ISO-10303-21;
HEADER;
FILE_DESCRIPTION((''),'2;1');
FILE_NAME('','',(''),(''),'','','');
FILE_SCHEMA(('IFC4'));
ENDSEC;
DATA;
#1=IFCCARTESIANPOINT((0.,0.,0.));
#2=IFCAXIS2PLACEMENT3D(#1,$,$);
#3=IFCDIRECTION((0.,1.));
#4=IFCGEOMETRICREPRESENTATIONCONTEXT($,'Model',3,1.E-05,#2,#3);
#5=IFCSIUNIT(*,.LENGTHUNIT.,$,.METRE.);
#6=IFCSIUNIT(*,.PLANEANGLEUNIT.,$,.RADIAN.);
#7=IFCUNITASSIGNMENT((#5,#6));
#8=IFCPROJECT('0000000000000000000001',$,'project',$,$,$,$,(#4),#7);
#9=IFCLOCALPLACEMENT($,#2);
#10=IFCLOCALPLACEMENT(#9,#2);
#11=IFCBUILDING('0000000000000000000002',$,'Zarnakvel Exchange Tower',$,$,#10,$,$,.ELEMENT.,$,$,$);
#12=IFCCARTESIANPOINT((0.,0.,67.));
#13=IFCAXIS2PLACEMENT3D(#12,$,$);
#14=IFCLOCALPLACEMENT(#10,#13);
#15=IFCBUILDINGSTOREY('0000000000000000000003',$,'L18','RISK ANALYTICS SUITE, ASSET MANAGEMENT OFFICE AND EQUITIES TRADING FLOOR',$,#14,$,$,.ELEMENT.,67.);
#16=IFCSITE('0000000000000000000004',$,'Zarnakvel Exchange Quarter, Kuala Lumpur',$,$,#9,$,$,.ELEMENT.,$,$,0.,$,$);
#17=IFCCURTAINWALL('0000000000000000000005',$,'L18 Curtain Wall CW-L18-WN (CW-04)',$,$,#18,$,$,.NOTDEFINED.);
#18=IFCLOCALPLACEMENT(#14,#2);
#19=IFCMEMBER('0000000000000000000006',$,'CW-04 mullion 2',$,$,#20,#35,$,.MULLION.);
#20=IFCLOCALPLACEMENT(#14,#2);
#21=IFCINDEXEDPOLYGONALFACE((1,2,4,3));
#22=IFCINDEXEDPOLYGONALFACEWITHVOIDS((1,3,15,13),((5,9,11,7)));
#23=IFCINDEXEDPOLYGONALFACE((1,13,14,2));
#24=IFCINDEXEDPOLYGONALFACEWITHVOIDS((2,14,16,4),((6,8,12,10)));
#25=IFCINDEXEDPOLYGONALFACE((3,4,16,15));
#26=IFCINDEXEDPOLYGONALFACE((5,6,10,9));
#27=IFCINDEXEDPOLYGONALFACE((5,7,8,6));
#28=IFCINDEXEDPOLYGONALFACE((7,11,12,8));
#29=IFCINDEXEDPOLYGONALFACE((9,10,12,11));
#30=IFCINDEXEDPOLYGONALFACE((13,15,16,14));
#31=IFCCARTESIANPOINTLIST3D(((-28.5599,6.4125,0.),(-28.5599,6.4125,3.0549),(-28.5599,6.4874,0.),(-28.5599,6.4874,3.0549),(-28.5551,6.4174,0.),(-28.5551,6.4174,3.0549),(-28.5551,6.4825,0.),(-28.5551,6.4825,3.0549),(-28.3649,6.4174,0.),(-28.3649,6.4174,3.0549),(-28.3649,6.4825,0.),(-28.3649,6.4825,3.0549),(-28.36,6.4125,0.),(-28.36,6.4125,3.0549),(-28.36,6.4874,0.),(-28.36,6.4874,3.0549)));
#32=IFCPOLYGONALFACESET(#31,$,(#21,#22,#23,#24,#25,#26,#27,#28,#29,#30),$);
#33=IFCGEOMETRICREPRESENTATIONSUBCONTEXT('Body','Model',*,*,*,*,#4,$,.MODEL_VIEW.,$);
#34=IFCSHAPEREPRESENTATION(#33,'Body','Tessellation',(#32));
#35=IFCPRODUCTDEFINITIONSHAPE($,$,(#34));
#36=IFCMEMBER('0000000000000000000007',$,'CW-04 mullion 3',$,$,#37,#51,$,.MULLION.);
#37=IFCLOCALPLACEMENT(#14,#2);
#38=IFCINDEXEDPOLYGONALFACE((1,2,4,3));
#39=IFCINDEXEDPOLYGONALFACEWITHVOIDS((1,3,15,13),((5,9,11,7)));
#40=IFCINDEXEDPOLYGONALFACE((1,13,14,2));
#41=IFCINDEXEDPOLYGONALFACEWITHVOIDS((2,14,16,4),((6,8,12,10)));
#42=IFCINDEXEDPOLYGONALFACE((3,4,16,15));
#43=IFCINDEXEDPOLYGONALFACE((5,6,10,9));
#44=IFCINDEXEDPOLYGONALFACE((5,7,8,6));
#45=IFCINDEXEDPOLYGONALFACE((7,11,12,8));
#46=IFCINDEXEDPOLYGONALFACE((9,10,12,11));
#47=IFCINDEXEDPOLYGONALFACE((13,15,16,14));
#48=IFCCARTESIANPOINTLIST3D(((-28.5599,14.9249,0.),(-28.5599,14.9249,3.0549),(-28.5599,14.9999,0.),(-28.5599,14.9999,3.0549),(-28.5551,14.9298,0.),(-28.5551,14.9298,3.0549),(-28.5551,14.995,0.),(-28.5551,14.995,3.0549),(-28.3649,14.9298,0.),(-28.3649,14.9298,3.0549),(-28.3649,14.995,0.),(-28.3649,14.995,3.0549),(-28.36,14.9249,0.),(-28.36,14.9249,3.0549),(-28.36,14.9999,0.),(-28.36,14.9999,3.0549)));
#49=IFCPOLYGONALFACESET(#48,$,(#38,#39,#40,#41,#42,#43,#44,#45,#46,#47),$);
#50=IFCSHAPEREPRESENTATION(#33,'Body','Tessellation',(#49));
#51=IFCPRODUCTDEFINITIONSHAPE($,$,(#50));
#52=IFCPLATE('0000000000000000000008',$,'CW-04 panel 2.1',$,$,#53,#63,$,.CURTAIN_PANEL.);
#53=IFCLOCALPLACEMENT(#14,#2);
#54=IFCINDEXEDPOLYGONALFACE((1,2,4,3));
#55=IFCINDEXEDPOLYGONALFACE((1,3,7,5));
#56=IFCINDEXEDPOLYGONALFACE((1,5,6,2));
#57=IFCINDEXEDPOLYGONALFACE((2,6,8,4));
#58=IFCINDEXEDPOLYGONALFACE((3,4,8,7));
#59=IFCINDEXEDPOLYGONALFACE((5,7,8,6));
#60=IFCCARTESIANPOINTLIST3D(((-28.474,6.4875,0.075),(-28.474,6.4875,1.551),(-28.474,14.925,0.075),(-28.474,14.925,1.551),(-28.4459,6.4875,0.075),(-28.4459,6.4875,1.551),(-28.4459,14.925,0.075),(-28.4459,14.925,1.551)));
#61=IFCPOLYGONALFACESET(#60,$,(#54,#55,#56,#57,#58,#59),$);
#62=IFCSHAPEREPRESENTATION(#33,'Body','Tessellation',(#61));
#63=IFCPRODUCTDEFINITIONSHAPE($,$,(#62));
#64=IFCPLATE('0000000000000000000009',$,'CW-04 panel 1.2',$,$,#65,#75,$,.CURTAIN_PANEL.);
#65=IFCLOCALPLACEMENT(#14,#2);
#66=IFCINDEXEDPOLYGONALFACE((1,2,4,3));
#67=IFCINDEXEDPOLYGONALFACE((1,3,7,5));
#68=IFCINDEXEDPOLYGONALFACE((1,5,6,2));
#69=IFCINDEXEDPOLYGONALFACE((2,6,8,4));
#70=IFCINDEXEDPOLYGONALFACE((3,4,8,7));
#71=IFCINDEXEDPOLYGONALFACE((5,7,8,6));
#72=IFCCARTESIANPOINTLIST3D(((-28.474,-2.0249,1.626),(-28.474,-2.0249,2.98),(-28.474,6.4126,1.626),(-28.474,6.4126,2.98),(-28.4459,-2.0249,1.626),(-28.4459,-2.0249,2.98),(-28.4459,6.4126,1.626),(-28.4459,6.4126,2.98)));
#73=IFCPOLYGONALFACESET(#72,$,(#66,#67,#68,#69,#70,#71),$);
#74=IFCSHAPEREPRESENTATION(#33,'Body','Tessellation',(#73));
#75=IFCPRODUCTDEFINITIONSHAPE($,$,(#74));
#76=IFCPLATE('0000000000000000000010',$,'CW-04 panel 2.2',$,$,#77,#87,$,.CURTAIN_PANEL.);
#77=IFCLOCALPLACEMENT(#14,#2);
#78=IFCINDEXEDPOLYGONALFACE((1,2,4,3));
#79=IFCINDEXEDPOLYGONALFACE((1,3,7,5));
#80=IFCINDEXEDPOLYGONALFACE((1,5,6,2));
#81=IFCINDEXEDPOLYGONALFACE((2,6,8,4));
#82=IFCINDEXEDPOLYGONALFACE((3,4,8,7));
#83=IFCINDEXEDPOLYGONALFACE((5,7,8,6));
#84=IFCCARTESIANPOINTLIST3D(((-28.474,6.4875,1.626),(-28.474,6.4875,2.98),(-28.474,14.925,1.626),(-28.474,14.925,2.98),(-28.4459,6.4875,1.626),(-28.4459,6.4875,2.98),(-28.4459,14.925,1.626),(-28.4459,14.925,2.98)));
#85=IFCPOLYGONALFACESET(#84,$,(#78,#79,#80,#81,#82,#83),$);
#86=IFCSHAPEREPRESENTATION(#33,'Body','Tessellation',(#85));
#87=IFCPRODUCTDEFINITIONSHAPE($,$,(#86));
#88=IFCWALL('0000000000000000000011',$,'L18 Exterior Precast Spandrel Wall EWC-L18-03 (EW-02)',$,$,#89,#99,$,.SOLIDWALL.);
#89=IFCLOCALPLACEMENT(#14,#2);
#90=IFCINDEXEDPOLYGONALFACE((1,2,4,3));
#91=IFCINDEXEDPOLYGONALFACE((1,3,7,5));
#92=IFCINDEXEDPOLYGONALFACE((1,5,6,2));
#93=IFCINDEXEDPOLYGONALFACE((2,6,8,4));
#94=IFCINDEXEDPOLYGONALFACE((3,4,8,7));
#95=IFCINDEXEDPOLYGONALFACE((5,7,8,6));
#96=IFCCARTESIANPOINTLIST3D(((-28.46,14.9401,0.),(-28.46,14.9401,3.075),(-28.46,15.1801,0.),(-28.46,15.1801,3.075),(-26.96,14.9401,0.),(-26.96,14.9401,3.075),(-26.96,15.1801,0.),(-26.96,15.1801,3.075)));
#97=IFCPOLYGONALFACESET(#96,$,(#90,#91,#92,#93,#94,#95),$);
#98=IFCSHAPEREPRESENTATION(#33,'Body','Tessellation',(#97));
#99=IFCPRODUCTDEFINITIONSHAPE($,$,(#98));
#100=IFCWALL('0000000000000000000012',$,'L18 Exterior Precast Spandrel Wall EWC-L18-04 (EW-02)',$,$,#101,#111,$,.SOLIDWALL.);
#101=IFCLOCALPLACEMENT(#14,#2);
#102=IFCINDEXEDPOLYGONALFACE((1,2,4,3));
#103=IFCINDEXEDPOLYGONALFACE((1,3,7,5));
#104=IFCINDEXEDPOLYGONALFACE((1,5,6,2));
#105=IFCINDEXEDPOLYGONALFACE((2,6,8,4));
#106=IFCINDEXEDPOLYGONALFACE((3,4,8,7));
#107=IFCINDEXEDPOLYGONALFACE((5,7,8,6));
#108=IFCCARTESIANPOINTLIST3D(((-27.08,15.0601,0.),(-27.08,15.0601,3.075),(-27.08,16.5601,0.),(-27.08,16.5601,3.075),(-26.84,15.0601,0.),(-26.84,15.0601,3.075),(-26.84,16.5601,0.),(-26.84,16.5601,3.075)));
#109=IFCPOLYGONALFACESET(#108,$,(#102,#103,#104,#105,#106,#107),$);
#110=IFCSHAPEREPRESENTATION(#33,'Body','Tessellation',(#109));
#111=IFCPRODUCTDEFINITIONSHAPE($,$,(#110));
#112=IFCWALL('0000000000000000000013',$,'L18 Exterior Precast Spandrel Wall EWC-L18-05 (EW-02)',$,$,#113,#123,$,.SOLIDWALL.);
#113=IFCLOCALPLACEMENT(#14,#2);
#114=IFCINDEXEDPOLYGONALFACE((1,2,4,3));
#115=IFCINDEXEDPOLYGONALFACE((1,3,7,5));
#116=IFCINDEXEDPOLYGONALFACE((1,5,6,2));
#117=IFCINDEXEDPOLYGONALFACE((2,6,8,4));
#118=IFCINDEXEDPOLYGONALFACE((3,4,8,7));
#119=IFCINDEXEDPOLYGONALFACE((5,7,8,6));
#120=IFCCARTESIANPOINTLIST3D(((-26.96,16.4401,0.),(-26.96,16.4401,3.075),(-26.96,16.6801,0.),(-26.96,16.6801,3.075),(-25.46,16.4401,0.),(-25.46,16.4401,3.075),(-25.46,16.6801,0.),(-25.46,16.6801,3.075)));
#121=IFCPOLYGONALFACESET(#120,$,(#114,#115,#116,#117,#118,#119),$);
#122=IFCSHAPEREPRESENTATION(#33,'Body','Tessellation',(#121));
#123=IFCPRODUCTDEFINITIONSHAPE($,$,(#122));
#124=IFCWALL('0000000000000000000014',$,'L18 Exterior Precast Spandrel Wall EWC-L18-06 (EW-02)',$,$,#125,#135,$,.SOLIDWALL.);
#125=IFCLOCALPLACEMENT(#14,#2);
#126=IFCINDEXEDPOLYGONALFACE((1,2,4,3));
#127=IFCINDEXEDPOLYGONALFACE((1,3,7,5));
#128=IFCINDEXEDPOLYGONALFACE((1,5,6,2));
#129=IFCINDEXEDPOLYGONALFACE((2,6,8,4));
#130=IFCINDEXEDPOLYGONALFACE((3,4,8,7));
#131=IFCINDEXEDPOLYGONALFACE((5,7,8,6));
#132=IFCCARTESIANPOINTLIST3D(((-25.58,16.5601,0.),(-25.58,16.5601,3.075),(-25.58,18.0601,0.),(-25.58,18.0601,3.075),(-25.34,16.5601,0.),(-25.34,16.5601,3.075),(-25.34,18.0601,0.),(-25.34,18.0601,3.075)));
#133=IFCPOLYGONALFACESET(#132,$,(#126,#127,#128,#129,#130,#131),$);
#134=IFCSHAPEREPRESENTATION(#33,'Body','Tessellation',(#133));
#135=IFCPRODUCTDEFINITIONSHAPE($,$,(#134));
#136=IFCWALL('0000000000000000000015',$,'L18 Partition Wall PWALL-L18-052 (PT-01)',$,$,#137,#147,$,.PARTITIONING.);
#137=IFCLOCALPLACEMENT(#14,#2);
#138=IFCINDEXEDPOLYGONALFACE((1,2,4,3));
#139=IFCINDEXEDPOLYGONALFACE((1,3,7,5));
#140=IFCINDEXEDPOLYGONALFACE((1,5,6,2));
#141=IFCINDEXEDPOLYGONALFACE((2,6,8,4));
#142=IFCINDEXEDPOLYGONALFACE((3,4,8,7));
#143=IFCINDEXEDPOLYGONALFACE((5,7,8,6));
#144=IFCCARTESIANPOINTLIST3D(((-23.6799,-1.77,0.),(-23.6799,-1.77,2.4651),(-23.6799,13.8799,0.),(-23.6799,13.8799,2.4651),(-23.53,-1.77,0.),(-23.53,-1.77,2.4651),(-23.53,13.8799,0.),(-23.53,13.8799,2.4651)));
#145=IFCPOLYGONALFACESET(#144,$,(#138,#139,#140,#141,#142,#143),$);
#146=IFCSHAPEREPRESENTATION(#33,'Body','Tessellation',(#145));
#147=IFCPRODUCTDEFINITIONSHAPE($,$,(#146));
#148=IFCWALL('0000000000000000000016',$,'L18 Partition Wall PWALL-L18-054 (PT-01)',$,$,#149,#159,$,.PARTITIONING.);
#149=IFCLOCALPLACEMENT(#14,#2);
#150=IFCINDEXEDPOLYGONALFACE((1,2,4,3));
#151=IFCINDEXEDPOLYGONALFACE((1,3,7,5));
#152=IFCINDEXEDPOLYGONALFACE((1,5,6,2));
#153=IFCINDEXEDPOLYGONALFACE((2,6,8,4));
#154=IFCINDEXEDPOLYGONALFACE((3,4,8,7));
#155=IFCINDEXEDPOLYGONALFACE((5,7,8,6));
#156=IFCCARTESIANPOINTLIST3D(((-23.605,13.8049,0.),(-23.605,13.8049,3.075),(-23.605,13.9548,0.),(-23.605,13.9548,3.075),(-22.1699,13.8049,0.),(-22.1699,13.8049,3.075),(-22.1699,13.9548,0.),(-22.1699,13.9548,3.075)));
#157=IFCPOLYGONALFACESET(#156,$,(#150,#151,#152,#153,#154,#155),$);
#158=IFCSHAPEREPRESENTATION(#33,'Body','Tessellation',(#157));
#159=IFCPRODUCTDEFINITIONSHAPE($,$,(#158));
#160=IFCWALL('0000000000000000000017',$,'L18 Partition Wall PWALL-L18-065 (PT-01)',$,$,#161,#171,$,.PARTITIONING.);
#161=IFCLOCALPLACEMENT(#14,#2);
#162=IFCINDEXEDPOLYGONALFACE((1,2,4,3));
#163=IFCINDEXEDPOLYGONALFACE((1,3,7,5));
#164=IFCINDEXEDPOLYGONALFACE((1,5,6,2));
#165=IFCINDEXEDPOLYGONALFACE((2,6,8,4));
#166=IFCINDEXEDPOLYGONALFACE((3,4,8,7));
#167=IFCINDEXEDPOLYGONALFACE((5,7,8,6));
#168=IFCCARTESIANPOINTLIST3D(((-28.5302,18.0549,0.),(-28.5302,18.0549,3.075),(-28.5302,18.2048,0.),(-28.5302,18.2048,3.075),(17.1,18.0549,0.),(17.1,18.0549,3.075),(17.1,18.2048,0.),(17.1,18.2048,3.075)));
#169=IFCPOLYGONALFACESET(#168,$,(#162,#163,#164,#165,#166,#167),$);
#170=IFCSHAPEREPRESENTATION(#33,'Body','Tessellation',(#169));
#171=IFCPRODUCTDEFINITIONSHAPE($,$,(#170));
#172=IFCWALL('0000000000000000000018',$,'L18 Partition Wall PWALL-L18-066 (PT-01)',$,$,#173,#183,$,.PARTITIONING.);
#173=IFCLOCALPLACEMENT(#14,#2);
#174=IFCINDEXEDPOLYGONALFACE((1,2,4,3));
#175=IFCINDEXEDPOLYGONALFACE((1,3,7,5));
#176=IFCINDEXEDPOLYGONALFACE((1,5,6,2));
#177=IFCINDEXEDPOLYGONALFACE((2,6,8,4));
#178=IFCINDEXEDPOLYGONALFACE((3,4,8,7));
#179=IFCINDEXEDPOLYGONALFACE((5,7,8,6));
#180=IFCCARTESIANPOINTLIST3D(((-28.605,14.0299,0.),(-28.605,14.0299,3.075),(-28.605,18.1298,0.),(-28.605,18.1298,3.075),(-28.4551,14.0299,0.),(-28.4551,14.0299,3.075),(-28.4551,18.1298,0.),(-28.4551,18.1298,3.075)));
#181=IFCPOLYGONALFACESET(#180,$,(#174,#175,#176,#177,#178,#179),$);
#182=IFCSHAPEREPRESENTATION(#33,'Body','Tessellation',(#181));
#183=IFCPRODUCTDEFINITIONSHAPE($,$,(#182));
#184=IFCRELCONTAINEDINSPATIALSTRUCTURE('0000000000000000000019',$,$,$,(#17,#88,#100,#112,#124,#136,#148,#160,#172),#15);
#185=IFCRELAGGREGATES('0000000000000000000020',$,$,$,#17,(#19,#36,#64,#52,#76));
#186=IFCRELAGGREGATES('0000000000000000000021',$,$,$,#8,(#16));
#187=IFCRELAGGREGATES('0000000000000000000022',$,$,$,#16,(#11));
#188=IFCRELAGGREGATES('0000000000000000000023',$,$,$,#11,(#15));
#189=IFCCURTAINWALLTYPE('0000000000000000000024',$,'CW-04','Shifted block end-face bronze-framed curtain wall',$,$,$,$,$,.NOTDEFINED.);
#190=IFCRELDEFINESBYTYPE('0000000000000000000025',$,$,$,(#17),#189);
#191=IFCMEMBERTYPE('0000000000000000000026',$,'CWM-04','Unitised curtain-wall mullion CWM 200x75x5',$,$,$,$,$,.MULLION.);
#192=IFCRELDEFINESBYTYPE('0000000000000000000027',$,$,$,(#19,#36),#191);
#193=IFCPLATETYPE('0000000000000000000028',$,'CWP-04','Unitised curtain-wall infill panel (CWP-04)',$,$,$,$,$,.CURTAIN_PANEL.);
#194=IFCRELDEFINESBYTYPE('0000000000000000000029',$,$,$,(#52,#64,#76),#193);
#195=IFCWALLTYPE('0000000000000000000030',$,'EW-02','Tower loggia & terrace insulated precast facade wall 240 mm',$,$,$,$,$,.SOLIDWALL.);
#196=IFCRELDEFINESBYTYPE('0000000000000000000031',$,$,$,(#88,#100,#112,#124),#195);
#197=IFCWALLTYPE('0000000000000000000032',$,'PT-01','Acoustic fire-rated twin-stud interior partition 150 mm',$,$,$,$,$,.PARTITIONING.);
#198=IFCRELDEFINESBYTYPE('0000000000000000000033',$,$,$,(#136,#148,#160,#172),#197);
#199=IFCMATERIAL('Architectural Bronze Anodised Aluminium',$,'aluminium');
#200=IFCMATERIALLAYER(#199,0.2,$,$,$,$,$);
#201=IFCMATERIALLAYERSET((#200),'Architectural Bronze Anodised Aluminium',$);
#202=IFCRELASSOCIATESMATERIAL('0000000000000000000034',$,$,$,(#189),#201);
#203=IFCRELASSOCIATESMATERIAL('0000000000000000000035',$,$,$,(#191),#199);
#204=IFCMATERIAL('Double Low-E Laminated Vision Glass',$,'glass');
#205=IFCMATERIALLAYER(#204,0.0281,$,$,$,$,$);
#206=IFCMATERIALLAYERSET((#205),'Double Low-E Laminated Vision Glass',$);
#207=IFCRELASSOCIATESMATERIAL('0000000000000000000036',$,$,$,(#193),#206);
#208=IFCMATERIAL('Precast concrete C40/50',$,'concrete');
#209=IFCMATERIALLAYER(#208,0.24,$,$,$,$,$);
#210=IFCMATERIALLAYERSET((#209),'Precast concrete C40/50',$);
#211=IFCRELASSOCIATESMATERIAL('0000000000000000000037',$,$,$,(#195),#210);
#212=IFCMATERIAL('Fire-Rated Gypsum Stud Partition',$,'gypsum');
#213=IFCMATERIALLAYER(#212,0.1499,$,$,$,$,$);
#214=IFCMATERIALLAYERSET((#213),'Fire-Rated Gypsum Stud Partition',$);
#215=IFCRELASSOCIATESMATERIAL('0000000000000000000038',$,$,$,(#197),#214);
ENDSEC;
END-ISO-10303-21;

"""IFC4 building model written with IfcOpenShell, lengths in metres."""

from ifc_helpers import new_model, si_unit, direction, frame, frame_2d, origin, origin_2d, place, context, subcontext, project, spatial, rectangle, hollow_rectangle, extrude, source, transform, mapped, material, layer, layer_set, material_profile, profile_set, type_object, element, aggregate, save


model = new_model("IFC4")

# Units and contexts
model_context = context("Model", 3, precision=1e-05, world=origin(), true_north=direction((0.0, 1.0)))
body_context = subcontext(model_context, "Body", "Model", "MODEL_VIEW")
ifc_project = project(units=[si_unit("LENGTHUNIT", "METRE"), si_unit("PLANEANGLEUNIT", "RADIAN")], contexts=[model_context])

# Site, building, storey
site_placement = place(None, origin())
site = spatial("IfcSite", under=ifc_project, at=site_placement, Name="Zarnakvel Exchange Quarter, Kuala Lumpur", CompositionType="ELEMENT", RefElevation=0.0)
building_placement = place(site_placement, origin())
building = spatial("IfcBuilding", under=site, at=building_placement, Name="Zarnakvel Exchange Tower", CompositionType="ELEMENT")
storey_placement = place(building_placement, frame((0.0, 0.0, 67.0)))
storey = spatial("IfcBuildingStorey", under=building, at=storey_placement, Name="L18", Description="RISK ANALYTICS SUITE, ASSET MANAGEMENT OFFICE AND EQUITIES TRADING FLOOR", CompositionType="ELEMENT", Elevation=67.0)

# Curtain wall
ifc_material_1 = material(Name="Architectural Bronze Anodised Aluminium", Category="aluminium")
ifc_layer_1 = layer(ifc_material_1, 0.2)
ifc_layer_set_1 = layer_set([ifc_layer_1], Name="Architectural Bronze Anodised Aluminium")
curtain_wall_type_1 = type_object("IfcCurtainWallType", Name="CW-04", Description="Shifted block end-face bronze-framed curtain wall", PredefinedType="NOTDEFINED", material=ifc_layer_set_1)
curtain_wall_1_placement = place(storey_placement, origin())
curtain_wall_1 = element("IfcCurtainWall", 1, at=curtain_wall_1_placement, inside=storey, type_object=curtain_wall_type_1, Name="L18 Curtain Wall CW-L18-WN (CW-04)", PredefinedType="NOTDEFINED")

# Members
ifc_material_profile_1 = material_profile(ifc_material_1, hollow_rectangle(XDim=0.2, YDim=0.075, WallThickness=0.0049, at=origin_2d()))
ifc_profile_set_1 = profile_set([ifc_material_profile_1], Name="Architectural Bronze Anodised Aluminium")
member_type_1 = type_object("IfcMemberType", Name="CWM-04", Description="Unitised curtain-wall mullion CWM 200x75x5", PredefinedType="MULLION", material=ifc_profile_set_1)
shared_shape_1 = source(origin(), body_context, "Body", "SweptSolid", [
    extrude(hollow_rectangle(XDim=0.2, YDim=0.075, WallThickness=0.0049, at=origin_2d()), origin(), (0.0, 0.0, 1.0), 3.0549),
])
member_1_placement = place(storey_placement, frame((-28.46, 6.45, 0.0), z_axis=(0.0, 0.0, 1.0), x_axis=(-1.0, 0.0, 0.0)))
member_1 = element("IfcMember", 2, at=member_1_placement, type_object=member_type_1, Name="CW-04 mullion 2", PredefinedType="MULLION", context=body_context, shape_type="MappedRepresentation", body=[
    mapped(shared_shape_1, transform((0.0, 0.0, 0.0), x_axis=(1.0, 0.0, 0.0), y_axis=(0.0, 1.0, 0.0), z_axis=(0.0, 0.0, 1.0), scale=1.0)),
])
member_2_placement = place(storey_placement, frame((-28.46, 14.9624, 0.0), z_axis=(0.0, 0.0, 1.0), x_axis=(-1.0, 0.0, 0.0)))
member_2 = element("IfcMember", 3, at=member_2_placement, type_object=member_type_1, Name="CW-04 mullion 3", PredefinedType="MULLION", context=body_context, shape_type="MappedRepresentation", body=[
    mapped(shared_shape_1, transform((0.0, 0.0, 0.0), x_axis=(1.0, 0.0, 0.0), y_axis=(0.0, 1.0, 0.0), z_axis=(0.0, 0.0, 1.0), scale=1.0)),
])

# Plates
ifc_material_2 = material(Name="Double Low-E Laminated Vision Glass", Category="glass")
ifc_layer_2 = layer(ifc_material_2, 0.0281)
ifc_layer_set_2 = layer_set([ifc_layer_2], Name="Double Low-E Laminated Vision Glass")
plate_type = type_object("IfcPlateType", Name="CWP-04", Description="Unitised curtain-wall infill panel (CWP-04)", PredefinedType="CURTAIN_PANEL", material=ifc_layer_set_2)
shared_shape_2 = source(origin(), body_context, "Body", "SweptSolid", [
    extrude(rectangle(XDim=8.4375, YDim=0.0281, at=origin_2d()), origin(), (0.0, 0.0, 1.0), 1.4761),
])
plate_1_placement = place(storey_placement, frame((-28.46, 10.7063, 0.075), z_axis=(0.0, 0.0, 1.0), x_axis=(0.0, 1.0, 0.0)))
plate_1 = element("IfcPlate", 4, at=plate_1_placement, type_object=plate_type, Name="CW-04 panel 2.1", PredefinedType="CURTAIN_PANEL", context=body_context, shape_type="MappedRepresentation", body=[
    mapped(shared_shape_2, transform((0.0, 0.0, 0.0), x_axis=(1.0, 0.0, 0.0), y_axis=(0.0, 1.0, 0.0), z_axis=(0.0, 0.0, 1.0), scale=1.0)),
])
shared_shape_3 = source(origin(), body_context, "Body", "SweptSolid", [
    extrude(rectangle(XDim=8.4375, YDim=0.0281, at=origin_2d()), origin(), (0.0, 0.0, 1.0), 1.354),
])
plate_2_placement = place(storey_placement, frame((-28.46, 2.1938, 1.626), z_axis=(0.0, 0.0, 1.0), x_axis=(0.0, 1.0, 0.0)))
plate_2 = element("IfcPlate", 5, at=plate_2_placement, type_object=plate_type, Name="CW-04 panel 1.2", PredefinedType="CURTAIN_PANEL", context=body_context, shape_type="MappedRepresentation", body=[
    mapped(shared_shape_3, transform((0.0, 0.0, 0.0), x_axis=(1.0, 0.0, 0.0), y_axis=(0.0, 1.0, 0.0), z_axis=(0.0, 0.0, 1.0), scale=1.0)),
])
plate_3_placement = place(storey_placement, frame((-28.46, 10.7063, 1.626), z_axis=(0.0, 0.0, 1.0), x_axis=(0.0, 1.0, 0.0)))
plate_3 = element("IfcPlate", 6, at=plate_3_placement, type_object=plate_type, Name="CW-04 panel 2.2", PredefinedType="CURTAIN_PANEL", context=body_context, shape_type="MappedRepresentation", body=[
    mapped(shared_shape_3, transform((0.0, 0.0, 0.0), x_axis=(1.0, 0.0, 0.0), y_axis=(0.0, 1.0, 0.0), z_axis=(0.0, 0.0, 1.0), scale=1.0)),
])
aggregate(curtain_wall_1, [member_1, member_2, plate_2, plate_1, plate_3])

# Walls
ifc_material_3 = material(Name="Precast concrete C40/50", Category="concrete")
ifc_layer_3 = layer(ifc_material_3, 0.24)
ifc_layer_set_3 = layer_set([ifc_layer_3], Name="Precast concrete C40/50")
wall_type_1 = type_object("IfcWallType", Name="EW-02", Description="Tower loggia & terrace insulated precast facade wall 240 mm", PredefinedType="SOLIDWALL", material=ifc_layer_set_3)
for number, where, z_axis, x_axis, name in (
    (7, (-26.96, 15.0601, 0.0), (0.0, 0.0, 1.0), (-1.0, 0.0, 0.0), "L18 Exterior Precast Spandrel Wall EWC-L18-03 (EW-02)"),
    (8, (-26.96, 16.5601, 0.0), (0.0, 0.0, 1.0), (0.0, -1.0, 0.0), "L18 Exterior Precast Spandrel Wall EWC-L18-04 (EW-02)"),
    (9, (-25.46, 16.5601, 0.0), (0.0, 0.0, 1.0), (-1.0, 0.0, 0.0), "L18 Exterior Precast Spandrel Wall EWC-L18-05 (EW-02)"),
    (10, (-25.46, 18.0601, 0.0), (0.0, 0.0, 1.0), (0.0, -1.0, 0.0), "L18 Exterior Precast Spandrel Wall EWC-L18-06 (EW-02)"),
):
    element("IfcWall", number, at=place(storey_placement, frame(where, z_axis=z_axis, x_axis=x_axis)), inside=storey, type_object=wall_type_1, Name=name, PredefinedType="SOLIDWALL", context=body_context, shape_type="SweptSolid", body=[
        extrude(rectangle(XDim=1.5, YDim=0.24, at=frame_2d((0.75, 0.0))), origin(), (0.0, 0.0, 1.0), 3.075),
    ])

# Shared definitions
ifc_material_4 = material(Name="Fire-Rated Gypsum Stud Partition", Category="gypsum")
ifc_layer_4 = layer(ifc_material_4, 0.1499)
ifc_layer_set_4 = layer_set([ifc_layer_4], Name="Fire-Rated Gypsum Stud Partition")
wall_type_2 = type_object("IfcWallType", Name="PT-01", Description="Acoustic fire-rated twin-stud interior partition 150 mm", PredefinedType="PARTITIONING", material=ifc_layer_set_4)

# Walls
wall_1_placement = place(storey_placement, frame((-23.605, 13.8799, 0.0), z_axis=(0.0, 0.0, 1.0), x_axis=(0.0, -1.0, 0.0)))
element("IfcWall", 11, at=wall_1_placement, inside=storey, type_object=wall_type_2, Name="L18 Partition Wall PWALL-L18-052 (PT-01)", PredefinedType="PARTITIONING", context=body_context, shape_type="SweptSolid", body=[
    extrude(rectangle(XDim=15.6499, YDim=0.1499, at=frame_2d((7.825, 0.0))), origin(), (0.0, 0.0, 1.0), 2.4651),
])
wall_2_placement = place(storey_placement, frame((-23.605, 13.8799, 0.0), z_axis=(0.0, 0.0, 1.0), x_axis=(1.0, 0.0, 0.0)))
element("IfcWall", 12, at=wall_2_placement, inside=storey, type_object=wall_type_2, Name="L18 Partition Wall PWALL-L18-054 (PT-01)", PredefinedType="PARTITIONING", context=body_context, shape_type="SweptSolid", body=[
    extrude(rectangle(XDim=1.4351, YDim=0.1499, at=frame_2d((0.7175, 0.0))), origin(), (0.0, 0.0, 1.0), 3.075),
])
wall_3_placement = place(storey_placement, frame((-28.53, 18.1299, 0.0), z_axis=(0.0, 0.0, 1.0), x_axis=(1.0, 0.0, 0.0)))
element("IfcWall", 13, at=wall_3_placement, inside=storey, type_object=wall_type_2, Name="L18 Partition Wall PWALL-L18-065 (PT-01)", PredefinedType="PARTITIONING", context=body_context, shape_type="SweptSolid", body=[
    extrude(rectangle(XDim=45.6301, YDim=0.1499, at=frame_2d((22.8149, 0.0))), origin(), (0.0, 0.0, 1.0), 3.075),
])
wall_4_placement = place(storey_placement, frame((-28.53, 14.03, 0.0), z_axis=(0.0, 0.0, 1.0), x_axis=(0.0, 1.0, 0.0)))
element("IfcWall", 14, at=wall_4_placement, inside=storey, type_object=wall_type_2, Name="L18 Partition Wall PWALL-L18-066 (PT-01)", PredefinedType="PARTITIONING", context=body_context, shape_type="SweptSolid", body=[
    extrude(rectangle(XDim=4.0999, YDim=0.1499, at=frame_2d((2.0498, 0.0))), origin(), (0.0, 0.0, 1.0), 3.075),
])

save(model, "model.ifc")
